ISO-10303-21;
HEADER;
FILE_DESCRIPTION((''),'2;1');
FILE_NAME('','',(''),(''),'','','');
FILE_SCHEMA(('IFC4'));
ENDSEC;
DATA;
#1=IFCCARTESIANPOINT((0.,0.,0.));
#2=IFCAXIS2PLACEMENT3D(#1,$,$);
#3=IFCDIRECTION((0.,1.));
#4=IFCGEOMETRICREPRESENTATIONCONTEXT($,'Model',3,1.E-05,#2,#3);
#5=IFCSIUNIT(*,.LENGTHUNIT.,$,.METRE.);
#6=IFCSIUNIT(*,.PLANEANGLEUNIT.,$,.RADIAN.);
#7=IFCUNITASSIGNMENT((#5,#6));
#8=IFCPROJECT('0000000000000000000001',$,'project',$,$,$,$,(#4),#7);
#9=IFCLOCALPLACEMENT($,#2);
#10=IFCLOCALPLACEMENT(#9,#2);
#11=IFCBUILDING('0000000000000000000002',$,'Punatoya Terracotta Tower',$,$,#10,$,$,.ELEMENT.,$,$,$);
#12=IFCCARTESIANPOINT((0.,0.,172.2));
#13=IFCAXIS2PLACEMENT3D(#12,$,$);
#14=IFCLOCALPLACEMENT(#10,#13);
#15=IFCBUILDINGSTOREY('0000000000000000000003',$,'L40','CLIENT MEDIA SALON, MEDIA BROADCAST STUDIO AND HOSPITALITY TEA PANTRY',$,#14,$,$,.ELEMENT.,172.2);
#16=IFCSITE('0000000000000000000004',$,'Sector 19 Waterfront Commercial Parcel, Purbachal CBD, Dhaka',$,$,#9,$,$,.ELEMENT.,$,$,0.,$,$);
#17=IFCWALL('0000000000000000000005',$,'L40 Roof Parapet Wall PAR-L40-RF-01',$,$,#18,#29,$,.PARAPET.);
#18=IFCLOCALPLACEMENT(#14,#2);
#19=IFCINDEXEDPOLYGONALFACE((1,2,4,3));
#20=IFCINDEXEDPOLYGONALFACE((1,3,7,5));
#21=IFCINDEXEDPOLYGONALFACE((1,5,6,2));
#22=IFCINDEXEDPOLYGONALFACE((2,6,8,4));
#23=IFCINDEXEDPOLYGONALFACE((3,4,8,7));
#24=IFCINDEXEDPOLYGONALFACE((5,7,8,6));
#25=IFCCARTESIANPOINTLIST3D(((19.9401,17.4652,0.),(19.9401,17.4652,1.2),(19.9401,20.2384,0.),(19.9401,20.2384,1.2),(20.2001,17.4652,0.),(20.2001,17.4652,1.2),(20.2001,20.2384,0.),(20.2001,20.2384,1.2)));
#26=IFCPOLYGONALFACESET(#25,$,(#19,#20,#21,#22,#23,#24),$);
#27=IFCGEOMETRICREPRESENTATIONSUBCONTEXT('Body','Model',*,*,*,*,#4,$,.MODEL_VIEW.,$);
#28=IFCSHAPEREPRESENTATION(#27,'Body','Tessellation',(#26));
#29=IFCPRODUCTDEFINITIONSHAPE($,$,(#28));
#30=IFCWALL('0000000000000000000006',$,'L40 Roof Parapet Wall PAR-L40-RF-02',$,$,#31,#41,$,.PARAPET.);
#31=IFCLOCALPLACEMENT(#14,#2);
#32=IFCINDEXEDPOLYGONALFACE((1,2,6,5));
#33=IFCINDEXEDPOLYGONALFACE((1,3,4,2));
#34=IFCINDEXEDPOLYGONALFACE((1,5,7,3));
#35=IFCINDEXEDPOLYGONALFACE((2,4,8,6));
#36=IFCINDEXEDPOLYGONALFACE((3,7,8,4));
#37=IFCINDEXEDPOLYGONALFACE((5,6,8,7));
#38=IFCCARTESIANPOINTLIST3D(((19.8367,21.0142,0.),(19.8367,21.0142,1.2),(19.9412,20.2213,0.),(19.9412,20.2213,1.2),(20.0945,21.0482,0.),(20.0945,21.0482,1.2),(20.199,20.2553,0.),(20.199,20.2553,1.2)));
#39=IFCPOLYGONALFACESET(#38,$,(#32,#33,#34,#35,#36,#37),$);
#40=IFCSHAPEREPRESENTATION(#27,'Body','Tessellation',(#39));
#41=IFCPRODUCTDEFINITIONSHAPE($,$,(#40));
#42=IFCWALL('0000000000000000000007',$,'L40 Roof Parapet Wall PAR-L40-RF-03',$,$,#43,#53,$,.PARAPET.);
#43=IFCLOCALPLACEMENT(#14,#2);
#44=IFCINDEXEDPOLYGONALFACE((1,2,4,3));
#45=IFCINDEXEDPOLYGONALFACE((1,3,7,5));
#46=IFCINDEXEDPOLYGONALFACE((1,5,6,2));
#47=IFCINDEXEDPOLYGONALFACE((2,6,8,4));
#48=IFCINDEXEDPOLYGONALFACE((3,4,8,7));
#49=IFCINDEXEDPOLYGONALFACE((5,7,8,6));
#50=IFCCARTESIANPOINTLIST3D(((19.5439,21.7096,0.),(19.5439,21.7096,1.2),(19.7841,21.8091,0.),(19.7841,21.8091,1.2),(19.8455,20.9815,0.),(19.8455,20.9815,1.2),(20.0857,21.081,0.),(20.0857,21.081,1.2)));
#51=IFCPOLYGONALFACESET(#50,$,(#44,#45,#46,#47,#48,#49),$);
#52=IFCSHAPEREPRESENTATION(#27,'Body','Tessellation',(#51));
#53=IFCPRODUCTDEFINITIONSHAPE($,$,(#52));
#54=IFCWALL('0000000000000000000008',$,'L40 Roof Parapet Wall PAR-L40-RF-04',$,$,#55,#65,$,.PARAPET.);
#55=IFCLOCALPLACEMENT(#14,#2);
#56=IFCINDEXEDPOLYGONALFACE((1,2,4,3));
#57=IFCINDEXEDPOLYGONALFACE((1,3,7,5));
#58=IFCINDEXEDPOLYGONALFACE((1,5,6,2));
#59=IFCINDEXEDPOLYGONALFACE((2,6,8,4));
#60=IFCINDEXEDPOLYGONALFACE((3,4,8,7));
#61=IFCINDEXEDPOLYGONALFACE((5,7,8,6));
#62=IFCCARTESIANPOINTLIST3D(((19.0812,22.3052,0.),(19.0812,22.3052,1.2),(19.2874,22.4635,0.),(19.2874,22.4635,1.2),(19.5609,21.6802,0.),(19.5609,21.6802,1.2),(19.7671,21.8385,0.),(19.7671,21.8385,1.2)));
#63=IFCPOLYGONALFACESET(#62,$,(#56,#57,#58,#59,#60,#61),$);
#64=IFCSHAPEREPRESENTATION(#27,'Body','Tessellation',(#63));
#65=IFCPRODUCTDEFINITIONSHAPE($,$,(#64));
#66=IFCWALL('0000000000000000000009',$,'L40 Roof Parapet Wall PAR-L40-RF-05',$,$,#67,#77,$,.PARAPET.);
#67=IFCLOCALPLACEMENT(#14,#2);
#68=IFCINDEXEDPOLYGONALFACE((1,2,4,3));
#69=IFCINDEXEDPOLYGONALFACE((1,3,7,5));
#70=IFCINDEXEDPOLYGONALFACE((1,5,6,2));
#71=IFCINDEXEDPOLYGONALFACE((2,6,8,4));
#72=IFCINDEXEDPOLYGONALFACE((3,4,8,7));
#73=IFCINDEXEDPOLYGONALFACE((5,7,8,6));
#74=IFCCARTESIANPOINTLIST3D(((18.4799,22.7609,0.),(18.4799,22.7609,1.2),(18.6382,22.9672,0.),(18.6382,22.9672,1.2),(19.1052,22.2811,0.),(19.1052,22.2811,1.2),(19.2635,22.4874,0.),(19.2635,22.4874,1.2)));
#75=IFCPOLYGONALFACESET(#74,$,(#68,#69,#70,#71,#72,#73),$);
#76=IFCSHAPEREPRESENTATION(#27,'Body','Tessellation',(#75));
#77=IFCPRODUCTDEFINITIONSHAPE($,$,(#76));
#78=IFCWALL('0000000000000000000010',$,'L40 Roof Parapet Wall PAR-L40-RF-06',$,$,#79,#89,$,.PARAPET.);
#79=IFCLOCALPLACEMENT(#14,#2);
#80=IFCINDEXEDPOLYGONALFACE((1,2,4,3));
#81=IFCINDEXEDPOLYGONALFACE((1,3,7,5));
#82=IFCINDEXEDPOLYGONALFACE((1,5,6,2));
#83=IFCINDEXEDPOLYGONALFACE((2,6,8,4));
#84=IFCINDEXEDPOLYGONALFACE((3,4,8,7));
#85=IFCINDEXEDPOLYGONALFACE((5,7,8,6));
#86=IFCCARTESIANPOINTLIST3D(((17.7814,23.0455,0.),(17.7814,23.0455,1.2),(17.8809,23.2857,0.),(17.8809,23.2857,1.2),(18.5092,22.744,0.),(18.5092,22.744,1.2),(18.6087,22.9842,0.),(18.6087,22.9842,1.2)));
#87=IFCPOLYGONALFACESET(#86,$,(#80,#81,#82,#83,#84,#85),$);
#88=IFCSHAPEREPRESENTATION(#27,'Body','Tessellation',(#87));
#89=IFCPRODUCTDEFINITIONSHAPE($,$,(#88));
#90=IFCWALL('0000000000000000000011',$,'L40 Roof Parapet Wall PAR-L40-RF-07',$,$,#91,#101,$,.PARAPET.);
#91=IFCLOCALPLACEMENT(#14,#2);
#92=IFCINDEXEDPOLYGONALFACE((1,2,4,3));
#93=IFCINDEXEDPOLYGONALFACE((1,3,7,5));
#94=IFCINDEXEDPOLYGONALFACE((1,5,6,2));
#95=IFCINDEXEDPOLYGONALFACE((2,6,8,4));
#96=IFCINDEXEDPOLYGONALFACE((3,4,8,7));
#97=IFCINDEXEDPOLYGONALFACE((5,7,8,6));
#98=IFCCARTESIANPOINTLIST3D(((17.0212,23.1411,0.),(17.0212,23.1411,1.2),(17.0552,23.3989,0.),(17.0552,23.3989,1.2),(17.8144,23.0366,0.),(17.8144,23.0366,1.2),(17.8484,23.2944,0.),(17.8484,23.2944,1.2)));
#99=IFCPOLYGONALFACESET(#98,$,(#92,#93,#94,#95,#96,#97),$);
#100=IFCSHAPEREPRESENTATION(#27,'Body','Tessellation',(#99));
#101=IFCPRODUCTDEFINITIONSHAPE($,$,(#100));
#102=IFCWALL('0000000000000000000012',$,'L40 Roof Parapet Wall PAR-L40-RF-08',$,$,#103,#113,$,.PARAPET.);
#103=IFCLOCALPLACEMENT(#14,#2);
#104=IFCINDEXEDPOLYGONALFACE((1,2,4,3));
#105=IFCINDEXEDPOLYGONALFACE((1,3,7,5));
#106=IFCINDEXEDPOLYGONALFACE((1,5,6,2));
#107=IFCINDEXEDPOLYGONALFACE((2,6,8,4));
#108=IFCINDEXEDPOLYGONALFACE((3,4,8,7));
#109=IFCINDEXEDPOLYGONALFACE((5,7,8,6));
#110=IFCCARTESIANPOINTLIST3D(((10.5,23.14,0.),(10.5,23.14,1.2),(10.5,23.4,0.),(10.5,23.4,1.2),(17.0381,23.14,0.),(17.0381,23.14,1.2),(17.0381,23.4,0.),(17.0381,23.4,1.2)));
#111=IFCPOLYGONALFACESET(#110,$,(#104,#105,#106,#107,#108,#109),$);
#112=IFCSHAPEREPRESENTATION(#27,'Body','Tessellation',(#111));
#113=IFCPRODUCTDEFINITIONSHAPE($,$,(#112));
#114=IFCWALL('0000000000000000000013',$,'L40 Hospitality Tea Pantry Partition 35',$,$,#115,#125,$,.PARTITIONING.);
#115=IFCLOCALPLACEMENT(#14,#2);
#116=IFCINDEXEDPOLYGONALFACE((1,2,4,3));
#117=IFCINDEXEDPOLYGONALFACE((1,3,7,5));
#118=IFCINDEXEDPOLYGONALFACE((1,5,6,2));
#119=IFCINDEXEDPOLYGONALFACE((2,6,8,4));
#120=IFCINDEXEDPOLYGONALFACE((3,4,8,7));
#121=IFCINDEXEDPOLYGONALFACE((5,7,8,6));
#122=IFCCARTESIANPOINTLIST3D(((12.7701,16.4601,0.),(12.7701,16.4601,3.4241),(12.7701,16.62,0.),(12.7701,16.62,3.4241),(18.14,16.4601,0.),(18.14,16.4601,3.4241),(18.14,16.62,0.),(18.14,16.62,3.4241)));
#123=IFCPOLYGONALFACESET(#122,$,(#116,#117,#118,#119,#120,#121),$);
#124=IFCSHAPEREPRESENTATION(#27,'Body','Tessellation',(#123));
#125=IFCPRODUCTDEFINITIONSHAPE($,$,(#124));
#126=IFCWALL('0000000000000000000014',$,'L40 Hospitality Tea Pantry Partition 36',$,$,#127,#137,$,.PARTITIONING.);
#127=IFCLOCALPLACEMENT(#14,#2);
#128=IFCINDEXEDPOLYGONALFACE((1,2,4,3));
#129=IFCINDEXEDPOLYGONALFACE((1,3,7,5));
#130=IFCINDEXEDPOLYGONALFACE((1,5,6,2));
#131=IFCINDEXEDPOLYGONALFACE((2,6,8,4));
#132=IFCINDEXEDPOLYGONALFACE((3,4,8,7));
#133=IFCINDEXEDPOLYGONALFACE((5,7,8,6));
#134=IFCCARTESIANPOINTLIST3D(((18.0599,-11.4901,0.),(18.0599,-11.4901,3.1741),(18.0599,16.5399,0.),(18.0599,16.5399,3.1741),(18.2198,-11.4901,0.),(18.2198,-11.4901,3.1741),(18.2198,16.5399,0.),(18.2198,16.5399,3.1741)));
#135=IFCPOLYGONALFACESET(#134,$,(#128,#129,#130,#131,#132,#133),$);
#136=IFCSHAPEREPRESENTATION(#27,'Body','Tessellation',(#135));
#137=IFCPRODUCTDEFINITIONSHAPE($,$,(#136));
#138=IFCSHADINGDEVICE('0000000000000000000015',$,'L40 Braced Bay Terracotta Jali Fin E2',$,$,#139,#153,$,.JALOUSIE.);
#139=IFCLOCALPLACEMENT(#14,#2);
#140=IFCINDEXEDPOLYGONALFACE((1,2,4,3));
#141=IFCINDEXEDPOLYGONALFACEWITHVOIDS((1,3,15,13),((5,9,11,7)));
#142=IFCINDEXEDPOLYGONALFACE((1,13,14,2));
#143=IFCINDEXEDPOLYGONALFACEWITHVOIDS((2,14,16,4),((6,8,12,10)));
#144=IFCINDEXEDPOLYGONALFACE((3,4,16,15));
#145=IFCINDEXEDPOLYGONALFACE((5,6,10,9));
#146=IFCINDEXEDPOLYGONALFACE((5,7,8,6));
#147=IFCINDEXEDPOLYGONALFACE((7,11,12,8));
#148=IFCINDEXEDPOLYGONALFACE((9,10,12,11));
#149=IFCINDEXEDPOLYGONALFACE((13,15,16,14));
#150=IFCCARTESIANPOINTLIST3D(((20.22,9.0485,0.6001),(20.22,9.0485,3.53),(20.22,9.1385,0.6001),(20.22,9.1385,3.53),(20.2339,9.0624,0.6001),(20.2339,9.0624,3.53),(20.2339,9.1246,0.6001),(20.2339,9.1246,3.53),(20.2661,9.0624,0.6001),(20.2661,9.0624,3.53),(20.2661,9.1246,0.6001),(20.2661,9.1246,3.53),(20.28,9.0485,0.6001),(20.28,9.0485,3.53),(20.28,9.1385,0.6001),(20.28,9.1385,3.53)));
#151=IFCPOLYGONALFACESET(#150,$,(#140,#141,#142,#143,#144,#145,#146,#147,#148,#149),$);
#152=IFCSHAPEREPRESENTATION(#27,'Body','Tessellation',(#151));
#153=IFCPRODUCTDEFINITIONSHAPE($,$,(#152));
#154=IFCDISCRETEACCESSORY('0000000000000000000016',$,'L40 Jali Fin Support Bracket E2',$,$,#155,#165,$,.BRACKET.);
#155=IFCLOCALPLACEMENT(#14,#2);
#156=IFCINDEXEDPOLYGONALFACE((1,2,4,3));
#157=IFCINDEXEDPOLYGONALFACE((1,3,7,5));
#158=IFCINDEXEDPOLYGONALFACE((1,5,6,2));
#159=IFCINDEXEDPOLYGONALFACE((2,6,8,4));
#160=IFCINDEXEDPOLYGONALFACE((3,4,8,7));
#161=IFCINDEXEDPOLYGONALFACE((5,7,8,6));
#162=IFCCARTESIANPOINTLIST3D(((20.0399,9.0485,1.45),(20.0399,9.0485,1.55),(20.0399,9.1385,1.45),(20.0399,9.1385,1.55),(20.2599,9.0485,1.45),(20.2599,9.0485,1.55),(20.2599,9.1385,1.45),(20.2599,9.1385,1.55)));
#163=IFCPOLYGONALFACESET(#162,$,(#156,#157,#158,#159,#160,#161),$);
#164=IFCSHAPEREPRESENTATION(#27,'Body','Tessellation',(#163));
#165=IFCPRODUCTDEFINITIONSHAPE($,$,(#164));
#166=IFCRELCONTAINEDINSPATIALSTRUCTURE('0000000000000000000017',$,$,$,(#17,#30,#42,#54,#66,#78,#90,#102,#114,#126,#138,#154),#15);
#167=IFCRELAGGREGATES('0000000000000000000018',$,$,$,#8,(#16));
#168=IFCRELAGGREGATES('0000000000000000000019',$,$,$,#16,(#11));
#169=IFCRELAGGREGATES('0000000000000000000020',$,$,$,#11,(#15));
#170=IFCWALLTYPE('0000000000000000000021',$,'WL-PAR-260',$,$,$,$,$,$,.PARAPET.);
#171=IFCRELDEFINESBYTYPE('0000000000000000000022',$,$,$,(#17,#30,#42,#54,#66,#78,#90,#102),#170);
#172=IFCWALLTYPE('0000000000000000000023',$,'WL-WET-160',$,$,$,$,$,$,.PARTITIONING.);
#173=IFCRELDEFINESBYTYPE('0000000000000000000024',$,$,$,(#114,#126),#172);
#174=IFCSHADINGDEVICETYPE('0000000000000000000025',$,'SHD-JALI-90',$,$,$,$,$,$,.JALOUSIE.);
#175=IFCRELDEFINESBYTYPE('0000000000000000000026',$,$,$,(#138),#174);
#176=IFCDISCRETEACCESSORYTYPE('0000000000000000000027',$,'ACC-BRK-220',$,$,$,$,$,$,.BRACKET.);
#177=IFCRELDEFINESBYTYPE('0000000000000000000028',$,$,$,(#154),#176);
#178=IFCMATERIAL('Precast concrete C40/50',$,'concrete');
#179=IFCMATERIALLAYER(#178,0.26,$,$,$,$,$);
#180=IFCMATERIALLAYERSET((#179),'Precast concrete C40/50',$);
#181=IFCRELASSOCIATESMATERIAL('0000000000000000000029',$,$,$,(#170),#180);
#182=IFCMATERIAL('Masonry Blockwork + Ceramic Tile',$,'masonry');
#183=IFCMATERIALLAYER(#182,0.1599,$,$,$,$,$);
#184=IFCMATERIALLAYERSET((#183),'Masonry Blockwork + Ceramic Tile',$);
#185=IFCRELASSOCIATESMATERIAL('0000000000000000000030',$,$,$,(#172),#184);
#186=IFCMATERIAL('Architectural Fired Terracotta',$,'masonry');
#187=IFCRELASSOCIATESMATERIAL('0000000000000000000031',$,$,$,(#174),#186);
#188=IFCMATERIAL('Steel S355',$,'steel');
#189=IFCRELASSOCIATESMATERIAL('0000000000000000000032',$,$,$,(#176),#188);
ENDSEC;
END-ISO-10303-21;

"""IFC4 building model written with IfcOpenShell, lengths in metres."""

from ifc_helpers import new_model, si_unit, direction, frame, frame_2d, origin, origin_2d, place, context, subcontext, project, spatial, rectangle, hollow_rectangle, extrude, material, layer, layer_set, material_profile, profile_set, type_object, element, save


model = new_model("IFC4")

# Units and contexts
model_context = context("Model", 3, precision=1e-05, world=origin(), true_north=direction((0.0, 1.0)))
body_context = subcontext(model_context, "Body", "Model", "MODEL_VIEW")
ifc_project = project(units=[si_unit("LENGTHUNIT", "METRE"), si_unit("PLANEANGLEUNIT", "RADIAN")], contexts=[model_context])

# Site, building, storey
site_placement = place(None, origin())
site = spatial("IfcSite", under=ifc_project, at=site_placement, Name="Sector 19 Waterfront Commercial Parcel, Purbachal CBD, Dhaka", CompositionType="ELEMENT", RefElevation=0.0)
building_placement = place(site_placement, origin())
building = spatial("IfcBuilding", under=site, at=building_placement, Name="Punatoya Terracotta Tower", CompositionType="ELEMENT")
storey_placement = place(building_placement, frame((0.0, 0.0, 172.2)))
storey = spatial("IfcBuildingStorey", under=building, at=storey_placement, Name="L40", Description="CLIENT MEDIA SALON, MEDIA BROADCAST STUDIO AND HOSPITALITY TEA PANTRY", CompositionType="ELEMENT", Elevation=172.2)

# Shared definitions
ifc_material_1 = material(Name="Steel S355", Category="steel")

# Walls
ifc_material_2 = material(Name="Precast concrete C40/50", Category="concrete")
ifc_layer_1 = layer(ifc_material_2, 0.26)
ifc_layer_set_1 = layer_set([ifc_layer_1], Name="Precast concrete C40/50")
wall_type_1 = type_object("IfcWallType", Name="WL-PAR-260", PredefinedType="PARAPET", material=ifc_layer_set_1)
wall_1_placement = place(storey_placement, frame((20.0701, 17.4651, 0.0), z_axis=(0.0, 0.0, 1.0), x_axis=(0.0, 1.0, 0.0)))
element("IfcWall", 1, at=wall_1_placement, inside=storey, type_object=wall_type_1, Name="L40 Roof Parapet Wall PAR-L40-RF-01", PredefinedType="PARAPET", context=body_context, shape_type="SweptSolid", body=[
    extrude(rectangle(XDim=2.7732, YDim=0.26, at=frame_2d((1.3867, 0.0))), origin(), (0.0, 0.0, 1.0), 1.2),
])
wall_2_placement = place(storey_placement, frame((20.0701, 20.2383, 0.0), z_axis=(0.0, 0.0, 1.0), x_axis=(-0.130644, 0.991429, 0.0)))
element("IfcWall", 2, at=wall_2_placement, inside=storey, type_object=wall_type_1, Name="L40 Roof Parapet Wall PAR-L40-RF-02", PredefinedType="PARAPET", context=body_context, shape_type="SweptSolid", body=[
    extrude(rectangle(XDim=0.7998, YDim=0.26, at=frame_2d((0.3999, 0.0))), origin(), (0.0, 0.0, 1.0), 1.2),
])
wall_3_placement = place(storey_placement, frame((19.9656, 21.0312, 0.0), z_axis=(0.0, 0.0, 1.0), x_axis=(-0.382635, 0.9239, 0.0)))
element("IfcWall", 3, at=wall_3_placement, inside=storey, type_object=wall_type_1, Name="L40 Roof Parapet Wall PAR-L40-RF-03", PredefinedType="PARAPET", context=body_context, shape_type="SweptSolid", body=[
    extrude(rectangle(XDim=0.7881, YDim=0.26, at=frame_2d((0.394, 0.0))), origin(), (0.0, 0.0, 1.0), 1.2),
])
wall_4_placement = place(storey_placement, frame((19.6641, 21.7593, 0.0), z_axis=(0.0, 0.0, 1.0), x_axis=(-0.608887, 0.793257, 0.0)))
element("IfcWall", 4, at=wall_4_placement, inside=storey, type_object=wall_type_1, Name="L40 Roof Parapet Wall PAR-L40-RF-04", PredefinedType="PARAPET", context=body_context, shape_type="SweptSolid", body=[
    extrude(rectangle(XDim=0.7878, YDim=0.26, at=frame_2d((0.394, 0.0))), origin(), (0.0, 0.0, 1.0), 1.2),
])
wall_5_placement = place(storey_placement, frame((19.1843, 22.3843, 0.0), z_axis=(0.0, 0.0, 1.0), x_axis=(-0.793372, 0.608737, 0.0)))
element("IfcWall", 5, at=wall_5_placement, inside=storey, type_object=wall_type_1, Name="L40 Roof Parapet Wall PAR-L40-RF-05", PredefinedType="PARAPET", context=body_context, shape_type="SweptSolid", body=[
    extrude(rectangle(XDim=0.7881, YDim=0.26, at=frame_2d((0.394, 0.0))), origin(), (0.0, 0.0, 1.0), 1.2),
])
wall_6_placement = place(storey_placement, frame((18.5591, 22.864, 0.0), z_axis=(0.0, 0.0, 1.0), x_axis=(-0.923854, 0.382744, 0.0)))
element("IfcWall", 6, at=wall_6_placement, inside=storey, type_object=wall_type_1, Name="L40 Roof Parapet Wall PAR-L40-RF-06", PredefinedType="PARAPET", context=body_context, shape_type="SweptSolid", body=[
    extrude(rectangle(XDim=0.7878, YDim=0.26, at=frame_2d((0.394, 0.0))), origin(), (0.0, 0.0, 1.0), 1.2),
])
wall_7_placement = place(storey_placement, frame((17.8313, 23.1655, 0.0), z_axis=(0.0, 0.0, 1.0), x_axis=(-0.991435, 0.130604, 0.0)))
element("IfcWall", 7, at=wall_7_placement, inside=storey, type_object=wall_type_1, Name="L40 Roof Parapet Wall PAR-L40-RF-07", PredefinedType="PARAPET", context=body_context, shape_type="SweptSolid", body=[
    extrude(rectangle(XDim=0.8, YDim=0.26, at=frame_2d((0.3999, 0.0))), origin(), (0.0, 0.0, 1.0), 1.2),
])
wall_8_placement = place(storey_placement, frame((17.0381, 23.27, 0.0), z_axis=(0.0, 0.0, 1.0), x_axis=(-1.0, 0.0, 0.0)))
element("IfcWall", 8, at=wall_8_placement, inside=storey, type_object=wall_type_1, Name="L40 Roof Parapet Wall PAR-L40-RF-08", PredefinedType="PARAPET", context=body_context, shape_type="SweptSolid", body=[
    extrude(rectangle(XDim=6.5381, YDim=0.26, at=frame_2d((3.269, 0.0))), origin(), (0.0, 0.0, 1.0), 1.2),
])
ifc_material_3 = material(Name="Masonry Blockwork + Ceramic Tile", Category="masonry")
ifc_layer_2 = layer(ifc_material_3, 0.1599)
ifc_layer_set_2 = layer_set([ifc_layer_2], Name="Masonry Blockwork + Ceramic Tile")
wall_type_2 = type_object("IfcWallType", Name="WL-WET-160", PredefinedType="PARTITIONING", material=ifc_layer_set_2)
wall_9_placement = place(storey_placement, frame((12.77, 16.54, 0.0), z_axis=(0.0, 0.0, 1.0), x_axis=(1.0, 0.0, 0.0)))
element("IfcWall", 9, at=wall_9_placement, inside=storey, type_object=wall_type_2, Name="L40 Hospitality Tea Pantry Partition 35", PredefinedType="PARTITIONING", context=body_context, shape_type="SweptSolid", body=[
    extrude(rectangle(XDim=5.3699, YDim=0.1599, at=frame_2d((2.6851, 0.0))), origin(), (0.0, 0.0, 1.0), 3.4241),
])
wall_10_placement = place(storey_placement, frame((18.1399, 16.54, 0.0), z_axis=(0.0, 0.0, 1.0), x_axis=(0.0, -1.0, 0.0)))
element("IfcWall", 10, at=wall_10_placement, inside=storey, type_object=wall_type_2, Name="L40 Hospitality Tea Pantry Partition 36", PredefinedType="PARTITIONING", context=body_context, shape_type="SweptSolid", body=[
    extrude(rectangle(XDim=28.03, YDim=0.1599, at=frame_2d((14.0151, 0.0))), origin(), (0.0, 0.0, 1.0), 3.1741),
])

# Shading device
ifc_material_4 = material(Name="Architectural Fired Terracotta", Category="masonry")
ifc_material_profile_1 = material_profile(ifc_material_4, hollow_rectangle(XDim=0.0601, YDim=0.0901, WallThickness=0.0139, at=origin_2d()))
ifc_profile_set_1 = profile_set([ifc_material_profile_1], Name="Architectural Fired Terracotta")
shading_device_type = type_object("IfcShadingDeviceType", Name="SHD-JALI-90", PredefinedType="JALOUSIE", material=ifc_profile_set_1)
shading_device_placement = place(storey_placement, frame((20.25, 9.0935, 0.6001), z_axis=(0.0, 0.0, 1.0), x_axis=(1.0, 0.0, 0.0)))
element("IfcShadingDevice", 11, at=shading_device_placement, inside=storey, type_object=shading_device_type, Name="L40 Braced Bay Terracotta Jali Fin E2", PredefinedType="JALOUSIE", context=body_context, shape_type="SweptSolid", body=[
    extrude(hollow_rectangle(XDim=0.0601, YDim=0.0901, WallThickness=0.0139, at=origin_2d()), origin(), (0.0, 0.0, 1.0), 2.9299),
])

# Discrete accessory
discrete_accessory_type = type_object("IfcDiscreteAccessoryType", Name="ACC-BRK-220", PredefinedType="BRACKET", material=ifc_material_1)
discrete_accessory_placement = place(storey_placement, frame((20.1499, 9.0935, 1.45), z_axis=(0.0, 0.0, 1.0), x_axis=(0.0, 1.0, 0.0)))
element("IfcDiscreteAccessory", 12, at=discrete_accessory_placement, inside=storey, type_object=discrete_accessory_type, Name="L40 Jali Fin Support Bracket E2", PredefinedType="BRACKET", context=body_context, shape_type="SweptSolid", body=[
    extrude(rectangle(XDim=0.0901, YDim=0.22, at=origin_2d()), origin(), (0.0, 0.0, 1.0), 0.1001),
])

save(model, "model.ifc")
